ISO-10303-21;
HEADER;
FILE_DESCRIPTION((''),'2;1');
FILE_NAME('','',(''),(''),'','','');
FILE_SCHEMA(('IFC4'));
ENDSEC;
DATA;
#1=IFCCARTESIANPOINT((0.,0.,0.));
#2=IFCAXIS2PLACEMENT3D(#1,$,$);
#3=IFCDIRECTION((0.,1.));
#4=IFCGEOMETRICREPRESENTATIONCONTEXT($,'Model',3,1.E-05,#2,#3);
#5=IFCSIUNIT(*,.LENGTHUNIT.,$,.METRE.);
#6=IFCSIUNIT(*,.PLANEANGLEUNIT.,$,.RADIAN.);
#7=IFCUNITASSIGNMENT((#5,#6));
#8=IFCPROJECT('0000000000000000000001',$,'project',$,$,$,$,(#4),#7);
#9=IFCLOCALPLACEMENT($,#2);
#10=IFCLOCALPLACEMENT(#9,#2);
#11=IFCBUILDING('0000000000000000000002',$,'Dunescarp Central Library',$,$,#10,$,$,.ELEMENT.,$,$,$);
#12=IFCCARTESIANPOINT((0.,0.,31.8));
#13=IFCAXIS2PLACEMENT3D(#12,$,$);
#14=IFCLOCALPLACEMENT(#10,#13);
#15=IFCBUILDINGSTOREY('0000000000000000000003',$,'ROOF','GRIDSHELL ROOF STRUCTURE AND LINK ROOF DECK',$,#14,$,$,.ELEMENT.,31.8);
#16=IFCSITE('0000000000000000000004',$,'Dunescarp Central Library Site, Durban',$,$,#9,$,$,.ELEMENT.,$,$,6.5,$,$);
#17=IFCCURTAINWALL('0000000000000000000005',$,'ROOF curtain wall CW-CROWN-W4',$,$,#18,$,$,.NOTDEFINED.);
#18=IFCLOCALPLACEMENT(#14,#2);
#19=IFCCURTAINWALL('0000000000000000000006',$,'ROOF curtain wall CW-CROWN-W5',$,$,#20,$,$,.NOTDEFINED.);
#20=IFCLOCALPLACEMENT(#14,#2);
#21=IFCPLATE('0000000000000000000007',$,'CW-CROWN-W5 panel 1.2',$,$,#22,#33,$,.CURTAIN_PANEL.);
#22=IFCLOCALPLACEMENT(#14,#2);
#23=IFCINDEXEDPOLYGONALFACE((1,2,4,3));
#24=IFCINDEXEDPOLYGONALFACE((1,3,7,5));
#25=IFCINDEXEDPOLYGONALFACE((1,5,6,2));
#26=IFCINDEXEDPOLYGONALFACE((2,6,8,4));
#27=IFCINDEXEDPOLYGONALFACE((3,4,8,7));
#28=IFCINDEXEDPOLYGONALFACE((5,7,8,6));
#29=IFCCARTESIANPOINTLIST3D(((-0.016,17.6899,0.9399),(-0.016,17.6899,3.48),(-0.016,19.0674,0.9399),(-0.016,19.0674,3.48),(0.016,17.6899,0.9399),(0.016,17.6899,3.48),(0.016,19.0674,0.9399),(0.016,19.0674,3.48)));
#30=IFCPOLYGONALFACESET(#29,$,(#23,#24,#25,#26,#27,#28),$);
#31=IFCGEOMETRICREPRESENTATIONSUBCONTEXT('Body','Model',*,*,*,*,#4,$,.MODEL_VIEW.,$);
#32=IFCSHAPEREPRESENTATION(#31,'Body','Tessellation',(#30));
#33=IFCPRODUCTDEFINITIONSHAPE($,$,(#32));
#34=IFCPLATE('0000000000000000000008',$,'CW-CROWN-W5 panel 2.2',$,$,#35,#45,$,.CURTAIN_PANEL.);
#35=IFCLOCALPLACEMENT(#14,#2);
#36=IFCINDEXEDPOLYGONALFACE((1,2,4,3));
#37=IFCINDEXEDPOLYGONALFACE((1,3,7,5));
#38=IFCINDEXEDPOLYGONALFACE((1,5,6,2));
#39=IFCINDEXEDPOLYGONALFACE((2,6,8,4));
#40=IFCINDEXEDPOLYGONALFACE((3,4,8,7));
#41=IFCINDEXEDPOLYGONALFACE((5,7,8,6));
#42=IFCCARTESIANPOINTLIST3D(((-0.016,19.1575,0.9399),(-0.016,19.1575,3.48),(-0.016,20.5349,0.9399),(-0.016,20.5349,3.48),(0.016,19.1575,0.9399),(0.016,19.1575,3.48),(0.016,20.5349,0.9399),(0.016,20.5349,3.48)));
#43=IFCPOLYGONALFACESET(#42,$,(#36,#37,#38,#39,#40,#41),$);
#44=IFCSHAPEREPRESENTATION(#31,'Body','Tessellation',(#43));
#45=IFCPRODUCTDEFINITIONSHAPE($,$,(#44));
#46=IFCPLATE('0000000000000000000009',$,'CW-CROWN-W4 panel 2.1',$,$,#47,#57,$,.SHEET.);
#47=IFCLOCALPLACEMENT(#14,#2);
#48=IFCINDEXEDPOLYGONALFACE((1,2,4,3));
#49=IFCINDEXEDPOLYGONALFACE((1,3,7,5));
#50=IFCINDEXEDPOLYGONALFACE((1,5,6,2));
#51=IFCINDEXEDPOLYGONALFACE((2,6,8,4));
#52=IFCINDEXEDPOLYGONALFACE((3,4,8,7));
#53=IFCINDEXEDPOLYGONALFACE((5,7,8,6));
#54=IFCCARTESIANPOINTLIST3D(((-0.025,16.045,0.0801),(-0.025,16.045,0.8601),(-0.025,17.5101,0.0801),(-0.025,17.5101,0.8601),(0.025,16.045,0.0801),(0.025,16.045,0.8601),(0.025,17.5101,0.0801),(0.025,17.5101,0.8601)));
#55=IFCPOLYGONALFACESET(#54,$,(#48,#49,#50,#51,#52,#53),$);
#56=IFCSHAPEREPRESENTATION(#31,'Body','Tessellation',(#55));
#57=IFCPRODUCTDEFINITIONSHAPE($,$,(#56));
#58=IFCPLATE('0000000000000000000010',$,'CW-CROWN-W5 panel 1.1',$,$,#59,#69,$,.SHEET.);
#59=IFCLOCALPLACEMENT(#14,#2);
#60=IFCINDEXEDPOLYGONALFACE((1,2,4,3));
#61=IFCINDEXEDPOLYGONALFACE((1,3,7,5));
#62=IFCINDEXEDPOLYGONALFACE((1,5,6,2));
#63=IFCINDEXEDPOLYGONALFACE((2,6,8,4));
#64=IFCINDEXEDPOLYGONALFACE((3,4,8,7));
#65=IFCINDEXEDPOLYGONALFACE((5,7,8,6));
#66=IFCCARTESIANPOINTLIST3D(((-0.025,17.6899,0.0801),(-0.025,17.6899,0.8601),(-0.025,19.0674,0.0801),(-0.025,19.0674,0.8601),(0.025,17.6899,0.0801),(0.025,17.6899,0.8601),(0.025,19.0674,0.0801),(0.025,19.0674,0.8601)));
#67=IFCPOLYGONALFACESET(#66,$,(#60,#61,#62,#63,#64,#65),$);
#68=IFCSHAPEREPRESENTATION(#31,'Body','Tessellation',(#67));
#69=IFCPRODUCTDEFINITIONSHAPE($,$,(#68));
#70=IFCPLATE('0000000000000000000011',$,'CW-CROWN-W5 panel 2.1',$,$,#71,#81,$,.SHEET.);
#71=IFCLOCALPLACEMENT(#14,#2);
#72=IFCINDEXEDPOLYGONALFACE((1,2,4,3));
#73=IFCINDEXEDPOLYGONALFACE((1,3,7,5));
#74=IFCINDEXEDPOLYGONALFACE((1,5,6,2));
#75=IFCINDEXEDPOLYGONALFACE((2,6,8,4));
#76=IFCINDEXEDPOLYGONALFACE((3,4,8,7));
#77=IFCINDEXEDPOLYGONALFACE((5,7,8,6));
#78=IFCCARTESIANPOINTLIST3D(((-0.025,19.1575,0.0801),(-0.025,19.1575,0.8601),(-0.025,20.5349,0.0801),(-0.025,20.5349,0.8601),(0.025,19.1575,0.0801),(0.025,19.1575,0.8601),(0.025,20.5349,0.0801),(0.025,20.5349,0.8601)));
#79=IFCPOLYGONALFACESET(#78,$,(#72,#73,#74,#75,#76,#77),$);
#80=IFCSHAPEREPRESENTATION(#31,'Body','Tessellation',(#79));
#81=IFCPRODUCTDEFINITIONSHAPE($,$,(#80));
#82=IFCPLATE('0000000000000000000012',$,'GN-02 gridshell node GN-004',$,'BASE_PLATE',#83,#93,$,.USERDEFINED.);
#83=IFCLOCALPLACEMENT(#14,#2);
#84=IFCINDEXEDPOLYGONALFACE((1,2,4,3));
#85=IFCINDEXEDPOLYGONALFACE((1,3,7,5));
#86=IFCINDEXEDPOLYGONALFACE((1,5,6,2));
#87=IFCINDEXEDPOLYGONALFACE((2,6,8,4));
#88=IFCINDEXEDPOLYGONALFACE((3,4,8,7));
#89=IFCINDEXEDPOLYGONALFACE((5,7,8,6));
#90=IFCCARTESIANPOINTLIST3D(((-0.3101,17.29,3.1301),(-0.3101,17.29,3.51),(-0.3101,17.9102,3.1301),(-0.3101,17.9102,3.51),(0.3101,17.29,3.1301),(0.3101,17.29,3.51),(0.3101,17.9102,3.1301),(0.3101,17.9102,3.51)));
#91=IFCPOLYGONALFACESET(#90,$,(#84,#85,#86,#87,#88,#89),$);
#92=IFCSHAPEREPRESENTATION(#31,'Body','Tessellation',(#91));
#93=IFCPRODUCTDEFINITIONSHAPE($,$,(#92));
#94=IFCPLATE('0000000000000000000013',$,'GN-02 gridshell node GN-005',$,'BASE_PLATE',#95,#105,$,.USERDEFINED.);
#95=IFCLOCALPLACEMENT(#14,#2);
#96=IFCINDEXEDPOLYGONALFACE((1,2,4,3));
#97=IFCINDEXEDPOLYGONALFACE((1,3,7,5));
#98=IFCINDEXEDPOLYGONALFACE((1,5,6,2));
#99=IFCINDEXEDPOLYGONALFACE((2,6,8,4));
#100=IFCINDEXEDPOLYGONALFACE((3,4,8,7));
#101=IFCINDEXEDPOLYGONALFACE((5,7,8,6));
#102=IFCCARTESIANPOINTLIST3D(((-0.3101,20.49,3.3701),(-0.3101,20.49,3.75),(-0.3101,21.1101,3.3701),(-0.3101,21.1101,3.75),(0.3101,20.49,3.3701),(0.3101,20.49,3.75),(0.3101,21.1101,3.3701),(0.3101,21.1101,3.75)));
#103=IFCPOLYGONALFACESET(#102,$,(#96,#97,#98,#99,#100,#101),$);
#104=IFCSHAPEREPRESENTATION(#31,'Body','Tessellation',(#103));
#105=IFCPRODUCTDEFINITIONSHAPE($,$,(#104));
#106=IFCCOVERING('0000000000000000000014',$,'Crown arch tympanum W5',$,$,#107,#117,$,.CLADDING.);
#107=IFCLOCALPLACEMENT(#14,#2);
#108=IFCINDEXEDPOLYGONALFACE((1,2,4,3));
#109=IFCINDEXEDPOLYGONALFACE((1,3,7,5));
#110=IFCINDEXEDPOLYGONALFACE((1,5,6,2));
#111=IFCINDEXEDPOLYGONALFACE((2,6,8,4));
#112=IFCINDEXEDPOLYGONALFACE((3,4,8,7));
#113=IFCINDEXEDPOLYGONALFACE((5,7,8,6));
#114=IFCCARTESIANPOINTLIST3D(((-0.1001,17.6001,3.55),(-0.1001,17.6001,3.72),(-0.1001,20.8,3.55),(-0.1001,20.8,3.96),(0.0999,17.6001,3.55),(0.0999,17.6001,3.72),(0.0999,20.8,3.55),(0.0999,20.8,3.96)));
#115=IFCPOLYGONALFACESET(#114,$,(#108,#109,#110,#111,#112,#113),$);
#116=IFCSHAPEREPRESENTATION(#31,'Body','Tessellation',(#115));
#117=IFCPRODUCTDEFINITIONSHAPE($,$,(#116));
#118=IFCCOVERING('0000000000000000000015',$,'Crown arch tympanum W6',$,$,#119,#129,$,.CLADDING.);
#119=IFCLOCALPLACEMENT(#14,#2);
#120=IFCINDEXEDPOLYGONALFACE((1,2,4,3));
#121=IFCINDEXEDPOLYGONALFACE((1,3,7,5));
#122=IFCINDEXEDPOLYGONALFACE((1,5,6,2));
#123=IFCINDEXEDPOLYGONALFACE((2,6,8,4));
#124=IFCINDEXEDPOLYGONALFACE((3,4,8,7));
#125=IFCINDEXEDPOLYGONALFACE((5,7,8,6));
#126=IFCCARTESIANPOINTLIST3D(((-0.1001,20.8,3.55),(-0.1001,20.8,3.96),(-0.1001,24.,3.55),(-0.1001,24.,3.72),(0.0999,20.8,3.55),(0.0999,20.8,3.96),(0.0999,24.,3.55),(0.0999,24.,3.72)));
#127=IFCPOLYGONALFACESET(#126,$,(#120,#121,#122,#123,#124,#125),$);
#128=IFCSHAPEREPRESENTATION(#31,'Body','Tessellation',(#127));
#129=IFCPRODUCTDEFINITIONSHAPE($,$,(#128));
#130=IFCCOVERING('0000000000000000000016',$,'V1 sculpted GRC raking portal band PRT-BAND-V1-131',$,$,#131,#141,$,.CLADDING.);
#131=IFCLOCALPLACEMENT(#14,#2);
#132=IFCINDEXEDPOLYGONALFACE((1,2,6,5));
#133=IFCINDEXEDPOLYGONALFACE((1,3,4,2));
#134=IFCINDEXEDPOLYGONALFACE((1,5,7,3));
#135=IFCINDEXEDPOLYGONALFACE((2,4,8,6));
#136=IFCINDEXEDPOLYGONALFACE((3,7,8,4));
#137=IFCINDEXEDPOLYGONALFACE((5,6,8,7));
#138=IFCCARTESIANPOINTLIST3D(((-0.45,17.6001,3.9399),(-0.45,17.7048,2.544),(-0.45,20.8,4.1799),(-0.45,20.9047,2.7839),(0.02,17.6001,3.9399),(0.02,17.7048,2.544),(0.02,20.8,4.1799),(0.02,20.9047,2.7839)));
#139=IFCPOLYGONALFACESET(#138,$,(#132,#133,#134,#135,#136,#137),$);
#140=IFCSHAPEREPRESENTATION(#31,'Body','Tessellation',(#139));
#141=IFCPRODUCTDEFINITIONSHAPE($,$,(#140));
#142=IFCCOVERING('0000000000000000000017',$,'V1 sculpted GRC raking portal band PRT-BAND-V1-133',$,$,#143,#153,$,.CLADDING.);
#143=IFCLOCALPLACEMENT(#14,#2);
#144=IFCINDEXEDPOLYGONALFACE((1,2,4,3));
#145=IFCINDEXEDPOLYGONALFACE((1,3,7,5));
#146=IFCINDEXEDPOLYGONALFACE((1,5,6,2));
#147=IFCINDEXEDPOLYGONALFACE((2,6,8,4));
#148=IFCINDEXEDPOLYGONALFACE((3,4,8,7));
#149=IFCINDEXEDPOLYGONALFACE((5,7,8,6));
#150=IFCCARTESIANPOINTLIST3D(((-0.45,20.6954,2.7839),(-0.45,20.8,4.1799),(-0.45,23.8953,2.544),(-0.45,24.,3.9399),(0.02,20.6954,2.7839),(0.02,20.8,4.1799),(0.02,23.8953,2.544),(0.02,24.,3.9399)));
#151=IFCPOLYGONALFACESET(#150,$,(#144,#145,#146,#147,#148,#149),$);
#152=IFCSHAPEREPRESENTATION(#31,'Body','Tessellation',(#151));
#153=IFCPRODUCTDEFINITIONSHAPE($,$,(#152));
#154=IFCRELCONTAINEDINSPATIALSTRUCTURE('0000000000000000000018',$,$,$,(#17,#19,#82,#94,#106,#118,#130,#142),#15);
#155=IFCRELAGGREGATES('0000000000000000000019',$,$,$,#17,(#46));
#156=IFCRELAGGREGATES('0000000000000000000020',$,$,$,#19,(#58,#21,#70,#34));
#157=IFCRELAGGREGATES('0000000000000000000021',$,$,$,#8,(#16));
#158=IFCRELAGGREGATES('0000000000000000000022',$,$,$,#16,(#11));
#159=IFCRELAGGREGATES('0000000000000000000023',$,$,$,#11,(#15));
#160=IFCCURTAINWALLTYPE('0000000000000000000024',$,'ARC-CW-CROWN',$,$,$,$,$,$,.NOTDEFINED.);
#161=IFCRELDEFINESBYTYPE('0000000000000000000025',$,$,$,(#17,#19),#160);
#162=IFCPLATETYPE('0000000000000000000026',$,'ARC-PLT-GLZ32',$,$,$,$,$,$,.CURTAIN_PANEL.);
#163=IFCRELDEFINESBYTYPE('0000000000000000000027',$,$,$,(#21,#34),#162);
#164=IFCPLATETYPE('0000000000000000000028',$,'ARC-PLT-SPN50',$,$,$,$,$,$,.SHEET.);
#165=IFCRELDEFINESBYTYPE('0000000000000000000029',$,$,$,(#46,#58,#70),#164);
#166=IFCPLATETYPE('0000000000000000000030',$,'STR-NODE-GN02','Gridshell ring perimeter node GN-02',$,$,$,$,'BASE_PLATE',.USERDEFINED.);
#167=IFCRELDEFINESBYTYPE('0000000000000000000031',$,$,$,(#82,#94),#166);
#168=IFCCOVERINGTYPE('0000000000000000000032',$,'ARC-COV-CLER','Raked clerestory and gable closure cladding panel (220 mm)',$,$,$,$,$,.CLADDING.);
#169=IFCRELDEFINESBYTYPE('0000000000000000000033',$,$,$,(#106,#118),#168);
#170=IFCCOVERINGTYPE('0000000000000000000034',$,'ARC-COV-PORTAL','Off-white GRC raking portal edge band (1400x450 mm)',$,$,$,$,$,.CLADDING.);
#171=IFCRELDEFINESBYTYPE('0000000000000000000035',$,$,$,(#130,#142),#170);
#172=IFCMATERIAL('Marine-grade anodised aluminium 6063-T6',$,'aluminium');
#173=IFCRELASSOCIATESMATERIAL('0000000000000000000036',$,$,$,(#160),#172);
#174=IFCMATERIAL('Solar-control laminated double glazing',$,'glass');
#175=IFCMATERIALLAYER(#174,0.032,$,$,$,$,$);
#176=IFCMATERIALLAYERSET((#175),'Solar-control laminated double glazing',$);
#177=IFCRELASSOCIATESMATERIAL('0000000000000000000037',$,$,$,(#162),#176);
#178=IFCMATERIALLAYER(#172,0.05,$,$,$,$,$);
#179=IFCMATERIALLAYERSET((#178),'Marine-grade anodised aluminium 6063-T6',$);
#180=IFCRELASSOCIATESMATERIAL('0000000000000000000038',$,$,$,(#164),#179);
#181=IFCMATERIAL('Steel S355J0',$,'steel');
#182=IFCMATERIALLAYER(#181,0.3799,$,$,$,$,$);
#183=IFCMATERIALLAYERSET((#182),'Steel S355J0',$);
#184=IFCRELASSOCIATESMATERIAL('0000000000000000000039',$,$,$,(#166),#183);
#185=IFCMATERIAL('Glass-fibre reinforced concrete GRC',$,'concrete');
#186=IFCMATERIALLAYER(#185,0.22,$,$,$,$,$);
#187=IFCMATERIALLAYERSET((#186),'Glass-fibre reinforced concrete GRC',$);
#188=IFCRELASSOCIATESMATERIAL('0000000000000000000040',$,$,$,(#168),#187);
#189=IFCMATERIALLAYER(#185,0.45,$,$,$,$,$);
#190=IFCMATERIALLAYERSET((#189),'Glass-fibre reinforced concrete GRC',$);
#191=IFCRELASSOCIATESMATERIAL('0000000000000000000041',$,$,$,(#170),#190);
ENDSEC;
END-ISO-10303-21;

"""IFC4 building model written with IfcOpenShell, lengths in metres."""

from ifc_helpers import new_model, si_unit, direction, frame, origin, origin_2d, place, context, subcontext, project, spatial, polyline, rectangle, outline, extrude, material, layer, layer_set, type_object, element, aggregate, save


model = new_model("IFC4")

# Units and contexts
model_context = context("Model", 3, precision=1e-05, world=origin(), true_north=direction((0.0, 1.0)))
body_context = subcontext(model_context, "Body", "Model", "MODEL_VIEW")
ifc_project = project(units=[si_unit("LENGTHUNIT", "METRE"), si_unit("PLANEANGLEUNIT", "RADIAN")], contexts=[model_context])

# Site, building, storey
site_placement = place(None, origin())
site = spatial("IfcSite", under=ifc_project, at=site_placement, Name="Dunescarp Central Library Site, Durban", CompositionType="ELEMENT", RefElevation=6.5)
building_placement = place(site_placement, origin())
building = spatial("IfcBuilding", under=site, at=building_placement, Name="Dunescarp Central Library", CompositionType="ELEMENT")
storey_placement = place(building_placement, frame((0.0, 0.0, 31.8)))
storey = spatial("IfcBuildingStorey", under=building, at=storey_placement, Name="ROOF", Description="GRIDSHELL ROOF STRUCTURE AND LINK ROOF DECK", CompositionType="ELEMENT", Elevation=31.8)

# Curtain wall
ifc_material_1 = material(Name="Marine-grade anodised aluminium 6063-T6", Category="aluminium")
curtain_wall_type = type_object("IfcCurtainWallType", Name="ARC-CW-CROWN", PredefinedType="NOTDEFINED", material=ifc_material_1)
curtain_wall_1_placement = place(storey_placement, origin())
curtain_wall_1 = element("IfcCurtainWall", 1, at=curtain_wall_1_placement, inside=storey, type_object=curtain_wall_type, Name="ROOF curtain wall CW-CROWN-W4", PredefinedType="NOTDEFINED")

# Curtain wall
curtain_wall_2_placement = place(storey_placement, origin())
curtain_wall_2 = element("IfcCurtainWall", 2, at=curtain_wall_2_placement, inside=storey, type_object=curtain_wall_type, Name="ROOF curtain wall CW-CROWN-W5", PredefinedType="NOTDEFINED")

# Shared definitions
ifc_material_2 = material(Name="Steel S355J0", Category="steel")

# Plates
ifc_material_3 = material(Name="Solar-control laminated double glazing", Category="glass")
ifc_layer_1 = layer(ifc_material_3, 0.032)
ifc_layer_set_1 = layer_set([ifc_layer_1], Name="Solar-control laminated double glazing")
plate_type_1 = type_object("IfcPlateType", Name="ARC-PLT-GLZ32", PredefinedType="CURTAIN_PANEL", material=ifc_layer_set_1)
plate_1_placement = place(storey_placement, frame((0.0, 18.3787, 0.9399), z_axis=(0.0, 0.0, 1.0), x_axis=(0.0, 1.0, 0.0)))
plate_1 = element("IfcPlate", 3, at=plate_1_placement, type_object=plate_type_1, Name="CW-CROWN-W5 panel 1.2", PredefinedType="CURTAIN_PANEL", context=body_context, shape_type="SweptSolid", body=[
    extrude(rectangle(XDim=1.3774, YDim=0.032, at=origin_2d()), origin(), (0.0, 0.0, 1.0), 2.54),
])
plate_2_placement = place(storey_placement, frame((0.0, 19.8462, 0.9399), z_axis=(0.0, 0.0, 1.0), x_axis=(0.0, 1.0, 0.0)))
plate_2 = element("IfcPlate", 4, at=plate_2_placement, type_object=plate_type_1, Name="CW-CROWN-W5 panel 2.2", PredefinedType="CURTAIN_PANEL", context=body_context, shape_type="SweptSolid", body=[
    extrude(rectangle(XDim=1.3774, YDim=0.032, at=origin_2d()), origin(), (0.0, 0.0, 1.0), 2.54),
])
ifc_layer_2 = layer(ifc_material_1, 0.05)
ifc_layer_set_2 = layer_set([ifc_layer_2], Name="Marine-grade anodised aluminium 6063-T6")
plate_type_2 = type_object("IfcPlateType", Name="ARC-PLT-SPN50", PredefinedType="SHEET", material=ifc_layer_set_2)
plate_3_placement = place(storey_placement, frame((0.0, 16.7776, 0.0801), z_axis=(0.0, 0.0, 1.0), x_axis=(0.0, 1.0, 0.0)))
plate_3 = element("IfcPlate", 5, at=plate_3_placement, type_object=plate_type_2, Name="CW-CROWN-W4 panel 2.1", PredefinedType="SHEET", context=body_context, shape_type="SweptSolid", body=[
    extrude(rectangle(XDim=1.4651, YDim=0.05, at=origin_2d()), origin(), (0.0, 0.0, 1.0), 0.78),
])
aggregate(curtain_wall_1, [plate_3])
plate_4_placement = place(storey_placement, frame((0.0, 18.3787, 0.0801), z_axis=(0.0, 0.0, 1.0), x_axis=(0.0, 1.0, 0.0)))
plate_4 = element("IfcPlate", 6, at=plate_4_placement, type_object=plate_type_2, Name="CW-CROWN-W5 panel 1.1", PredefinedType="SHEET", context=body_context, shape_type="SweptSolid", body=[
    extrude(rectangle(XDim=1.3774, YDim=0.05, at=origin_2d()), origin(), (0.0, 0.0, 1.0), 0.78),
])
plate_5_placement = place(storey_placement, frame((0.0, 19.8462, 0.0801), z_axis=(0.0, 0.0, 1.0), x_axis=(0.0, 1.0, 0.0)))
plate_5 = element("IfcPlate", 7, at=plate_5_placement, type_object=plate_type_2, Name="CW-CROWN-W5 panel 2.1", PredefinedType="SHEET", context=body_context, shape_type="SweptSolid", body=[
    extrude(rectangle(XDim=1.3774, YDim=0.05, at=origin_2d()), origin(), (0.0, 0.0, 1.0), 0.78),
])
aggregate(curtain_wall_2, [plate_4, plate_1, plate_5, plate_2])

# Plates
ifc_layer_3 = layer(ifc_material_2, 0.3799)
ifc_layer_set_3 = layer_set([ifc_layer_3], Name="Steel S355J0")
plate_type_3 = type_object("IfcPlateType", Name="STR-NODE-GN02", Description="Gridshell ring perimeter node GN-02", ElementType="BASE_PLATE", PredefinedType="USERDEFINED", material=ifc_layer_set_3)
for number, where, z_axis, x_axis, name in (
    (8, (0.0, 17.6001, 3.1301), (0.0, 0.0, 1.0), (1.0, 0.0, 0.0), "GN-02 gridshell node GN-004"),
    (9, (0.0, 20.8, 3.3701), (0.0, 0.0, 1.0), (1.0, 0.0, 0.0), "GN-02 gridshell node GN-005"),
):
    element("IfcPlate", number, at=place(storey_placement, frame(where, z_axis=z_axis, x_axis=x_axis)), inside=storey, type_object=plate_type_3, Name=name, ObjectType="BASE_PLATE", PredefinedType="USERDEFINED", context=body_context, shape_type="SweptSolid", body=[
        extrude(rectangle(XDim=0.6201, YDim=0.6201, at=origin_2d()), origin(), (0.0, 0.0, 1.0), 0.3799),
    ])

# Coverings
ifc_material_4 = material(Name="Glass-fibre reinforced concrete GRC", Category="concrete")
ifc_layer_4 = layer(ifc_material_4, 0.22)
ifc_layer_set_4 = layer_set([ifc_layer_4], Name="Glass-fibre reinforced concrete GRC")
covering_type_1 = type_object("IfcCoveringType", Name="ARC-COV-CLER", Description="Raked clerestory and gable closure cladding panel (220 mm)", PredefinedType="CLADDING", material=ifc_layer_set_4)
covering_1_placement = place(storey_placement, frame((0.0, 17.6001, 3.55), z_axis=(0.0, 0.0, 1.0), x_axis=(0.0, 1.0, 0.0)))
element("IfcCovering", 10, at=covering_1_placement, inside=storey, type_object=covering_type_1, Name="Crown arch tympanum W5", PredefinedType="CLADDING", context=body_context, shape_type="SweptSolid", body=[
    extrude(outline(polyline([(0.0, 0.0), (3.2, 0.0), (3.2, 0.4099), (0.0, 0.1699), (0.0, 0.0)])), frame((0.0, 0.1001, 0.0), z_axis=(0.0, -1.0, 0.0), x_axis=(1.0, 0.0, 0.0)), (0.0, 0.0, 1.0), 0.2),
])
covering_2_placement = place(storey_placement, frame((0.0, 20.8, 3.55), z_axis=(0.0, 0.0, 1.0), x_axis=(0.0, 1.0, 0.0)))
element("IfcCovering", 11, at=covering_2_placement, inside=storey, type_object=covering_type_1, Name="Crown arch tympanum W6", PredefinedType="CLADDING", context=body_context, shape_type="SweptSolid", body=[
    extrude(outline(polyline([(0.0, 0.0), (3.2, 0.0), (3.2, 0.1699), (0.0, 0.4099), (0.0, 0.0)])), frame((0.0, 0.1001, 0.0), z_axis=(0.0, -1.0, 0.0), x_axis=(1.0, 0.0, 0.0)), (0.0, 0.0, 1.0), 0.2),
])
ifc_layer_5 = layer(ifc_material_4, 0.45)
ifc_layer_set_5 = layer_set([ifc_layer_5], Name="Glass-fibre reinforced concrete GRC")
covering_type_2 = type_object("IfcCoveringType", Name="ARC-COV-PORTAL", Description="Off-white GRC raking portal edge band (1400x450 mm)", PredefinedType="CLADDING", material=ifc_layer_set_5)
for number, where, z_axis, x_axis, name in (
    (12, (-0.45, 17.6001, 3.9399), (0.0, -0.074788, 0.997199), (1.0, 0.0, 0.0), "V1 sculpted GRC raking portal band PRT-BAND-V1-131"),
    (13, (-0.45, 20.8, 4.1799), (0.0, 0.074788, 0.997199), (1.0, 0.0, 0.0), "V1 sculpted GRC raking portal band PRT-BAND-V1-133"),
):
    element("IfcCovering", number, at=place(storey_placement, frame(where, z_axis=z_axis, x_axis=x_axis)), inside=storey, type_object=covering_type_2, Name=name, PredefinedType="CLADDING", context=body_context, shape_type="SweptSolid", body=[
        extrude(outline(polyline([(0.0, 0.0), (0.47, 0.0), (0.47, 3.2089), (0.0, 3.2089), (0.0, 0.0)])), origin(), (0.0, 0.0, -1.0), 1.3999),
    ])

save(model, "model.ifc")
